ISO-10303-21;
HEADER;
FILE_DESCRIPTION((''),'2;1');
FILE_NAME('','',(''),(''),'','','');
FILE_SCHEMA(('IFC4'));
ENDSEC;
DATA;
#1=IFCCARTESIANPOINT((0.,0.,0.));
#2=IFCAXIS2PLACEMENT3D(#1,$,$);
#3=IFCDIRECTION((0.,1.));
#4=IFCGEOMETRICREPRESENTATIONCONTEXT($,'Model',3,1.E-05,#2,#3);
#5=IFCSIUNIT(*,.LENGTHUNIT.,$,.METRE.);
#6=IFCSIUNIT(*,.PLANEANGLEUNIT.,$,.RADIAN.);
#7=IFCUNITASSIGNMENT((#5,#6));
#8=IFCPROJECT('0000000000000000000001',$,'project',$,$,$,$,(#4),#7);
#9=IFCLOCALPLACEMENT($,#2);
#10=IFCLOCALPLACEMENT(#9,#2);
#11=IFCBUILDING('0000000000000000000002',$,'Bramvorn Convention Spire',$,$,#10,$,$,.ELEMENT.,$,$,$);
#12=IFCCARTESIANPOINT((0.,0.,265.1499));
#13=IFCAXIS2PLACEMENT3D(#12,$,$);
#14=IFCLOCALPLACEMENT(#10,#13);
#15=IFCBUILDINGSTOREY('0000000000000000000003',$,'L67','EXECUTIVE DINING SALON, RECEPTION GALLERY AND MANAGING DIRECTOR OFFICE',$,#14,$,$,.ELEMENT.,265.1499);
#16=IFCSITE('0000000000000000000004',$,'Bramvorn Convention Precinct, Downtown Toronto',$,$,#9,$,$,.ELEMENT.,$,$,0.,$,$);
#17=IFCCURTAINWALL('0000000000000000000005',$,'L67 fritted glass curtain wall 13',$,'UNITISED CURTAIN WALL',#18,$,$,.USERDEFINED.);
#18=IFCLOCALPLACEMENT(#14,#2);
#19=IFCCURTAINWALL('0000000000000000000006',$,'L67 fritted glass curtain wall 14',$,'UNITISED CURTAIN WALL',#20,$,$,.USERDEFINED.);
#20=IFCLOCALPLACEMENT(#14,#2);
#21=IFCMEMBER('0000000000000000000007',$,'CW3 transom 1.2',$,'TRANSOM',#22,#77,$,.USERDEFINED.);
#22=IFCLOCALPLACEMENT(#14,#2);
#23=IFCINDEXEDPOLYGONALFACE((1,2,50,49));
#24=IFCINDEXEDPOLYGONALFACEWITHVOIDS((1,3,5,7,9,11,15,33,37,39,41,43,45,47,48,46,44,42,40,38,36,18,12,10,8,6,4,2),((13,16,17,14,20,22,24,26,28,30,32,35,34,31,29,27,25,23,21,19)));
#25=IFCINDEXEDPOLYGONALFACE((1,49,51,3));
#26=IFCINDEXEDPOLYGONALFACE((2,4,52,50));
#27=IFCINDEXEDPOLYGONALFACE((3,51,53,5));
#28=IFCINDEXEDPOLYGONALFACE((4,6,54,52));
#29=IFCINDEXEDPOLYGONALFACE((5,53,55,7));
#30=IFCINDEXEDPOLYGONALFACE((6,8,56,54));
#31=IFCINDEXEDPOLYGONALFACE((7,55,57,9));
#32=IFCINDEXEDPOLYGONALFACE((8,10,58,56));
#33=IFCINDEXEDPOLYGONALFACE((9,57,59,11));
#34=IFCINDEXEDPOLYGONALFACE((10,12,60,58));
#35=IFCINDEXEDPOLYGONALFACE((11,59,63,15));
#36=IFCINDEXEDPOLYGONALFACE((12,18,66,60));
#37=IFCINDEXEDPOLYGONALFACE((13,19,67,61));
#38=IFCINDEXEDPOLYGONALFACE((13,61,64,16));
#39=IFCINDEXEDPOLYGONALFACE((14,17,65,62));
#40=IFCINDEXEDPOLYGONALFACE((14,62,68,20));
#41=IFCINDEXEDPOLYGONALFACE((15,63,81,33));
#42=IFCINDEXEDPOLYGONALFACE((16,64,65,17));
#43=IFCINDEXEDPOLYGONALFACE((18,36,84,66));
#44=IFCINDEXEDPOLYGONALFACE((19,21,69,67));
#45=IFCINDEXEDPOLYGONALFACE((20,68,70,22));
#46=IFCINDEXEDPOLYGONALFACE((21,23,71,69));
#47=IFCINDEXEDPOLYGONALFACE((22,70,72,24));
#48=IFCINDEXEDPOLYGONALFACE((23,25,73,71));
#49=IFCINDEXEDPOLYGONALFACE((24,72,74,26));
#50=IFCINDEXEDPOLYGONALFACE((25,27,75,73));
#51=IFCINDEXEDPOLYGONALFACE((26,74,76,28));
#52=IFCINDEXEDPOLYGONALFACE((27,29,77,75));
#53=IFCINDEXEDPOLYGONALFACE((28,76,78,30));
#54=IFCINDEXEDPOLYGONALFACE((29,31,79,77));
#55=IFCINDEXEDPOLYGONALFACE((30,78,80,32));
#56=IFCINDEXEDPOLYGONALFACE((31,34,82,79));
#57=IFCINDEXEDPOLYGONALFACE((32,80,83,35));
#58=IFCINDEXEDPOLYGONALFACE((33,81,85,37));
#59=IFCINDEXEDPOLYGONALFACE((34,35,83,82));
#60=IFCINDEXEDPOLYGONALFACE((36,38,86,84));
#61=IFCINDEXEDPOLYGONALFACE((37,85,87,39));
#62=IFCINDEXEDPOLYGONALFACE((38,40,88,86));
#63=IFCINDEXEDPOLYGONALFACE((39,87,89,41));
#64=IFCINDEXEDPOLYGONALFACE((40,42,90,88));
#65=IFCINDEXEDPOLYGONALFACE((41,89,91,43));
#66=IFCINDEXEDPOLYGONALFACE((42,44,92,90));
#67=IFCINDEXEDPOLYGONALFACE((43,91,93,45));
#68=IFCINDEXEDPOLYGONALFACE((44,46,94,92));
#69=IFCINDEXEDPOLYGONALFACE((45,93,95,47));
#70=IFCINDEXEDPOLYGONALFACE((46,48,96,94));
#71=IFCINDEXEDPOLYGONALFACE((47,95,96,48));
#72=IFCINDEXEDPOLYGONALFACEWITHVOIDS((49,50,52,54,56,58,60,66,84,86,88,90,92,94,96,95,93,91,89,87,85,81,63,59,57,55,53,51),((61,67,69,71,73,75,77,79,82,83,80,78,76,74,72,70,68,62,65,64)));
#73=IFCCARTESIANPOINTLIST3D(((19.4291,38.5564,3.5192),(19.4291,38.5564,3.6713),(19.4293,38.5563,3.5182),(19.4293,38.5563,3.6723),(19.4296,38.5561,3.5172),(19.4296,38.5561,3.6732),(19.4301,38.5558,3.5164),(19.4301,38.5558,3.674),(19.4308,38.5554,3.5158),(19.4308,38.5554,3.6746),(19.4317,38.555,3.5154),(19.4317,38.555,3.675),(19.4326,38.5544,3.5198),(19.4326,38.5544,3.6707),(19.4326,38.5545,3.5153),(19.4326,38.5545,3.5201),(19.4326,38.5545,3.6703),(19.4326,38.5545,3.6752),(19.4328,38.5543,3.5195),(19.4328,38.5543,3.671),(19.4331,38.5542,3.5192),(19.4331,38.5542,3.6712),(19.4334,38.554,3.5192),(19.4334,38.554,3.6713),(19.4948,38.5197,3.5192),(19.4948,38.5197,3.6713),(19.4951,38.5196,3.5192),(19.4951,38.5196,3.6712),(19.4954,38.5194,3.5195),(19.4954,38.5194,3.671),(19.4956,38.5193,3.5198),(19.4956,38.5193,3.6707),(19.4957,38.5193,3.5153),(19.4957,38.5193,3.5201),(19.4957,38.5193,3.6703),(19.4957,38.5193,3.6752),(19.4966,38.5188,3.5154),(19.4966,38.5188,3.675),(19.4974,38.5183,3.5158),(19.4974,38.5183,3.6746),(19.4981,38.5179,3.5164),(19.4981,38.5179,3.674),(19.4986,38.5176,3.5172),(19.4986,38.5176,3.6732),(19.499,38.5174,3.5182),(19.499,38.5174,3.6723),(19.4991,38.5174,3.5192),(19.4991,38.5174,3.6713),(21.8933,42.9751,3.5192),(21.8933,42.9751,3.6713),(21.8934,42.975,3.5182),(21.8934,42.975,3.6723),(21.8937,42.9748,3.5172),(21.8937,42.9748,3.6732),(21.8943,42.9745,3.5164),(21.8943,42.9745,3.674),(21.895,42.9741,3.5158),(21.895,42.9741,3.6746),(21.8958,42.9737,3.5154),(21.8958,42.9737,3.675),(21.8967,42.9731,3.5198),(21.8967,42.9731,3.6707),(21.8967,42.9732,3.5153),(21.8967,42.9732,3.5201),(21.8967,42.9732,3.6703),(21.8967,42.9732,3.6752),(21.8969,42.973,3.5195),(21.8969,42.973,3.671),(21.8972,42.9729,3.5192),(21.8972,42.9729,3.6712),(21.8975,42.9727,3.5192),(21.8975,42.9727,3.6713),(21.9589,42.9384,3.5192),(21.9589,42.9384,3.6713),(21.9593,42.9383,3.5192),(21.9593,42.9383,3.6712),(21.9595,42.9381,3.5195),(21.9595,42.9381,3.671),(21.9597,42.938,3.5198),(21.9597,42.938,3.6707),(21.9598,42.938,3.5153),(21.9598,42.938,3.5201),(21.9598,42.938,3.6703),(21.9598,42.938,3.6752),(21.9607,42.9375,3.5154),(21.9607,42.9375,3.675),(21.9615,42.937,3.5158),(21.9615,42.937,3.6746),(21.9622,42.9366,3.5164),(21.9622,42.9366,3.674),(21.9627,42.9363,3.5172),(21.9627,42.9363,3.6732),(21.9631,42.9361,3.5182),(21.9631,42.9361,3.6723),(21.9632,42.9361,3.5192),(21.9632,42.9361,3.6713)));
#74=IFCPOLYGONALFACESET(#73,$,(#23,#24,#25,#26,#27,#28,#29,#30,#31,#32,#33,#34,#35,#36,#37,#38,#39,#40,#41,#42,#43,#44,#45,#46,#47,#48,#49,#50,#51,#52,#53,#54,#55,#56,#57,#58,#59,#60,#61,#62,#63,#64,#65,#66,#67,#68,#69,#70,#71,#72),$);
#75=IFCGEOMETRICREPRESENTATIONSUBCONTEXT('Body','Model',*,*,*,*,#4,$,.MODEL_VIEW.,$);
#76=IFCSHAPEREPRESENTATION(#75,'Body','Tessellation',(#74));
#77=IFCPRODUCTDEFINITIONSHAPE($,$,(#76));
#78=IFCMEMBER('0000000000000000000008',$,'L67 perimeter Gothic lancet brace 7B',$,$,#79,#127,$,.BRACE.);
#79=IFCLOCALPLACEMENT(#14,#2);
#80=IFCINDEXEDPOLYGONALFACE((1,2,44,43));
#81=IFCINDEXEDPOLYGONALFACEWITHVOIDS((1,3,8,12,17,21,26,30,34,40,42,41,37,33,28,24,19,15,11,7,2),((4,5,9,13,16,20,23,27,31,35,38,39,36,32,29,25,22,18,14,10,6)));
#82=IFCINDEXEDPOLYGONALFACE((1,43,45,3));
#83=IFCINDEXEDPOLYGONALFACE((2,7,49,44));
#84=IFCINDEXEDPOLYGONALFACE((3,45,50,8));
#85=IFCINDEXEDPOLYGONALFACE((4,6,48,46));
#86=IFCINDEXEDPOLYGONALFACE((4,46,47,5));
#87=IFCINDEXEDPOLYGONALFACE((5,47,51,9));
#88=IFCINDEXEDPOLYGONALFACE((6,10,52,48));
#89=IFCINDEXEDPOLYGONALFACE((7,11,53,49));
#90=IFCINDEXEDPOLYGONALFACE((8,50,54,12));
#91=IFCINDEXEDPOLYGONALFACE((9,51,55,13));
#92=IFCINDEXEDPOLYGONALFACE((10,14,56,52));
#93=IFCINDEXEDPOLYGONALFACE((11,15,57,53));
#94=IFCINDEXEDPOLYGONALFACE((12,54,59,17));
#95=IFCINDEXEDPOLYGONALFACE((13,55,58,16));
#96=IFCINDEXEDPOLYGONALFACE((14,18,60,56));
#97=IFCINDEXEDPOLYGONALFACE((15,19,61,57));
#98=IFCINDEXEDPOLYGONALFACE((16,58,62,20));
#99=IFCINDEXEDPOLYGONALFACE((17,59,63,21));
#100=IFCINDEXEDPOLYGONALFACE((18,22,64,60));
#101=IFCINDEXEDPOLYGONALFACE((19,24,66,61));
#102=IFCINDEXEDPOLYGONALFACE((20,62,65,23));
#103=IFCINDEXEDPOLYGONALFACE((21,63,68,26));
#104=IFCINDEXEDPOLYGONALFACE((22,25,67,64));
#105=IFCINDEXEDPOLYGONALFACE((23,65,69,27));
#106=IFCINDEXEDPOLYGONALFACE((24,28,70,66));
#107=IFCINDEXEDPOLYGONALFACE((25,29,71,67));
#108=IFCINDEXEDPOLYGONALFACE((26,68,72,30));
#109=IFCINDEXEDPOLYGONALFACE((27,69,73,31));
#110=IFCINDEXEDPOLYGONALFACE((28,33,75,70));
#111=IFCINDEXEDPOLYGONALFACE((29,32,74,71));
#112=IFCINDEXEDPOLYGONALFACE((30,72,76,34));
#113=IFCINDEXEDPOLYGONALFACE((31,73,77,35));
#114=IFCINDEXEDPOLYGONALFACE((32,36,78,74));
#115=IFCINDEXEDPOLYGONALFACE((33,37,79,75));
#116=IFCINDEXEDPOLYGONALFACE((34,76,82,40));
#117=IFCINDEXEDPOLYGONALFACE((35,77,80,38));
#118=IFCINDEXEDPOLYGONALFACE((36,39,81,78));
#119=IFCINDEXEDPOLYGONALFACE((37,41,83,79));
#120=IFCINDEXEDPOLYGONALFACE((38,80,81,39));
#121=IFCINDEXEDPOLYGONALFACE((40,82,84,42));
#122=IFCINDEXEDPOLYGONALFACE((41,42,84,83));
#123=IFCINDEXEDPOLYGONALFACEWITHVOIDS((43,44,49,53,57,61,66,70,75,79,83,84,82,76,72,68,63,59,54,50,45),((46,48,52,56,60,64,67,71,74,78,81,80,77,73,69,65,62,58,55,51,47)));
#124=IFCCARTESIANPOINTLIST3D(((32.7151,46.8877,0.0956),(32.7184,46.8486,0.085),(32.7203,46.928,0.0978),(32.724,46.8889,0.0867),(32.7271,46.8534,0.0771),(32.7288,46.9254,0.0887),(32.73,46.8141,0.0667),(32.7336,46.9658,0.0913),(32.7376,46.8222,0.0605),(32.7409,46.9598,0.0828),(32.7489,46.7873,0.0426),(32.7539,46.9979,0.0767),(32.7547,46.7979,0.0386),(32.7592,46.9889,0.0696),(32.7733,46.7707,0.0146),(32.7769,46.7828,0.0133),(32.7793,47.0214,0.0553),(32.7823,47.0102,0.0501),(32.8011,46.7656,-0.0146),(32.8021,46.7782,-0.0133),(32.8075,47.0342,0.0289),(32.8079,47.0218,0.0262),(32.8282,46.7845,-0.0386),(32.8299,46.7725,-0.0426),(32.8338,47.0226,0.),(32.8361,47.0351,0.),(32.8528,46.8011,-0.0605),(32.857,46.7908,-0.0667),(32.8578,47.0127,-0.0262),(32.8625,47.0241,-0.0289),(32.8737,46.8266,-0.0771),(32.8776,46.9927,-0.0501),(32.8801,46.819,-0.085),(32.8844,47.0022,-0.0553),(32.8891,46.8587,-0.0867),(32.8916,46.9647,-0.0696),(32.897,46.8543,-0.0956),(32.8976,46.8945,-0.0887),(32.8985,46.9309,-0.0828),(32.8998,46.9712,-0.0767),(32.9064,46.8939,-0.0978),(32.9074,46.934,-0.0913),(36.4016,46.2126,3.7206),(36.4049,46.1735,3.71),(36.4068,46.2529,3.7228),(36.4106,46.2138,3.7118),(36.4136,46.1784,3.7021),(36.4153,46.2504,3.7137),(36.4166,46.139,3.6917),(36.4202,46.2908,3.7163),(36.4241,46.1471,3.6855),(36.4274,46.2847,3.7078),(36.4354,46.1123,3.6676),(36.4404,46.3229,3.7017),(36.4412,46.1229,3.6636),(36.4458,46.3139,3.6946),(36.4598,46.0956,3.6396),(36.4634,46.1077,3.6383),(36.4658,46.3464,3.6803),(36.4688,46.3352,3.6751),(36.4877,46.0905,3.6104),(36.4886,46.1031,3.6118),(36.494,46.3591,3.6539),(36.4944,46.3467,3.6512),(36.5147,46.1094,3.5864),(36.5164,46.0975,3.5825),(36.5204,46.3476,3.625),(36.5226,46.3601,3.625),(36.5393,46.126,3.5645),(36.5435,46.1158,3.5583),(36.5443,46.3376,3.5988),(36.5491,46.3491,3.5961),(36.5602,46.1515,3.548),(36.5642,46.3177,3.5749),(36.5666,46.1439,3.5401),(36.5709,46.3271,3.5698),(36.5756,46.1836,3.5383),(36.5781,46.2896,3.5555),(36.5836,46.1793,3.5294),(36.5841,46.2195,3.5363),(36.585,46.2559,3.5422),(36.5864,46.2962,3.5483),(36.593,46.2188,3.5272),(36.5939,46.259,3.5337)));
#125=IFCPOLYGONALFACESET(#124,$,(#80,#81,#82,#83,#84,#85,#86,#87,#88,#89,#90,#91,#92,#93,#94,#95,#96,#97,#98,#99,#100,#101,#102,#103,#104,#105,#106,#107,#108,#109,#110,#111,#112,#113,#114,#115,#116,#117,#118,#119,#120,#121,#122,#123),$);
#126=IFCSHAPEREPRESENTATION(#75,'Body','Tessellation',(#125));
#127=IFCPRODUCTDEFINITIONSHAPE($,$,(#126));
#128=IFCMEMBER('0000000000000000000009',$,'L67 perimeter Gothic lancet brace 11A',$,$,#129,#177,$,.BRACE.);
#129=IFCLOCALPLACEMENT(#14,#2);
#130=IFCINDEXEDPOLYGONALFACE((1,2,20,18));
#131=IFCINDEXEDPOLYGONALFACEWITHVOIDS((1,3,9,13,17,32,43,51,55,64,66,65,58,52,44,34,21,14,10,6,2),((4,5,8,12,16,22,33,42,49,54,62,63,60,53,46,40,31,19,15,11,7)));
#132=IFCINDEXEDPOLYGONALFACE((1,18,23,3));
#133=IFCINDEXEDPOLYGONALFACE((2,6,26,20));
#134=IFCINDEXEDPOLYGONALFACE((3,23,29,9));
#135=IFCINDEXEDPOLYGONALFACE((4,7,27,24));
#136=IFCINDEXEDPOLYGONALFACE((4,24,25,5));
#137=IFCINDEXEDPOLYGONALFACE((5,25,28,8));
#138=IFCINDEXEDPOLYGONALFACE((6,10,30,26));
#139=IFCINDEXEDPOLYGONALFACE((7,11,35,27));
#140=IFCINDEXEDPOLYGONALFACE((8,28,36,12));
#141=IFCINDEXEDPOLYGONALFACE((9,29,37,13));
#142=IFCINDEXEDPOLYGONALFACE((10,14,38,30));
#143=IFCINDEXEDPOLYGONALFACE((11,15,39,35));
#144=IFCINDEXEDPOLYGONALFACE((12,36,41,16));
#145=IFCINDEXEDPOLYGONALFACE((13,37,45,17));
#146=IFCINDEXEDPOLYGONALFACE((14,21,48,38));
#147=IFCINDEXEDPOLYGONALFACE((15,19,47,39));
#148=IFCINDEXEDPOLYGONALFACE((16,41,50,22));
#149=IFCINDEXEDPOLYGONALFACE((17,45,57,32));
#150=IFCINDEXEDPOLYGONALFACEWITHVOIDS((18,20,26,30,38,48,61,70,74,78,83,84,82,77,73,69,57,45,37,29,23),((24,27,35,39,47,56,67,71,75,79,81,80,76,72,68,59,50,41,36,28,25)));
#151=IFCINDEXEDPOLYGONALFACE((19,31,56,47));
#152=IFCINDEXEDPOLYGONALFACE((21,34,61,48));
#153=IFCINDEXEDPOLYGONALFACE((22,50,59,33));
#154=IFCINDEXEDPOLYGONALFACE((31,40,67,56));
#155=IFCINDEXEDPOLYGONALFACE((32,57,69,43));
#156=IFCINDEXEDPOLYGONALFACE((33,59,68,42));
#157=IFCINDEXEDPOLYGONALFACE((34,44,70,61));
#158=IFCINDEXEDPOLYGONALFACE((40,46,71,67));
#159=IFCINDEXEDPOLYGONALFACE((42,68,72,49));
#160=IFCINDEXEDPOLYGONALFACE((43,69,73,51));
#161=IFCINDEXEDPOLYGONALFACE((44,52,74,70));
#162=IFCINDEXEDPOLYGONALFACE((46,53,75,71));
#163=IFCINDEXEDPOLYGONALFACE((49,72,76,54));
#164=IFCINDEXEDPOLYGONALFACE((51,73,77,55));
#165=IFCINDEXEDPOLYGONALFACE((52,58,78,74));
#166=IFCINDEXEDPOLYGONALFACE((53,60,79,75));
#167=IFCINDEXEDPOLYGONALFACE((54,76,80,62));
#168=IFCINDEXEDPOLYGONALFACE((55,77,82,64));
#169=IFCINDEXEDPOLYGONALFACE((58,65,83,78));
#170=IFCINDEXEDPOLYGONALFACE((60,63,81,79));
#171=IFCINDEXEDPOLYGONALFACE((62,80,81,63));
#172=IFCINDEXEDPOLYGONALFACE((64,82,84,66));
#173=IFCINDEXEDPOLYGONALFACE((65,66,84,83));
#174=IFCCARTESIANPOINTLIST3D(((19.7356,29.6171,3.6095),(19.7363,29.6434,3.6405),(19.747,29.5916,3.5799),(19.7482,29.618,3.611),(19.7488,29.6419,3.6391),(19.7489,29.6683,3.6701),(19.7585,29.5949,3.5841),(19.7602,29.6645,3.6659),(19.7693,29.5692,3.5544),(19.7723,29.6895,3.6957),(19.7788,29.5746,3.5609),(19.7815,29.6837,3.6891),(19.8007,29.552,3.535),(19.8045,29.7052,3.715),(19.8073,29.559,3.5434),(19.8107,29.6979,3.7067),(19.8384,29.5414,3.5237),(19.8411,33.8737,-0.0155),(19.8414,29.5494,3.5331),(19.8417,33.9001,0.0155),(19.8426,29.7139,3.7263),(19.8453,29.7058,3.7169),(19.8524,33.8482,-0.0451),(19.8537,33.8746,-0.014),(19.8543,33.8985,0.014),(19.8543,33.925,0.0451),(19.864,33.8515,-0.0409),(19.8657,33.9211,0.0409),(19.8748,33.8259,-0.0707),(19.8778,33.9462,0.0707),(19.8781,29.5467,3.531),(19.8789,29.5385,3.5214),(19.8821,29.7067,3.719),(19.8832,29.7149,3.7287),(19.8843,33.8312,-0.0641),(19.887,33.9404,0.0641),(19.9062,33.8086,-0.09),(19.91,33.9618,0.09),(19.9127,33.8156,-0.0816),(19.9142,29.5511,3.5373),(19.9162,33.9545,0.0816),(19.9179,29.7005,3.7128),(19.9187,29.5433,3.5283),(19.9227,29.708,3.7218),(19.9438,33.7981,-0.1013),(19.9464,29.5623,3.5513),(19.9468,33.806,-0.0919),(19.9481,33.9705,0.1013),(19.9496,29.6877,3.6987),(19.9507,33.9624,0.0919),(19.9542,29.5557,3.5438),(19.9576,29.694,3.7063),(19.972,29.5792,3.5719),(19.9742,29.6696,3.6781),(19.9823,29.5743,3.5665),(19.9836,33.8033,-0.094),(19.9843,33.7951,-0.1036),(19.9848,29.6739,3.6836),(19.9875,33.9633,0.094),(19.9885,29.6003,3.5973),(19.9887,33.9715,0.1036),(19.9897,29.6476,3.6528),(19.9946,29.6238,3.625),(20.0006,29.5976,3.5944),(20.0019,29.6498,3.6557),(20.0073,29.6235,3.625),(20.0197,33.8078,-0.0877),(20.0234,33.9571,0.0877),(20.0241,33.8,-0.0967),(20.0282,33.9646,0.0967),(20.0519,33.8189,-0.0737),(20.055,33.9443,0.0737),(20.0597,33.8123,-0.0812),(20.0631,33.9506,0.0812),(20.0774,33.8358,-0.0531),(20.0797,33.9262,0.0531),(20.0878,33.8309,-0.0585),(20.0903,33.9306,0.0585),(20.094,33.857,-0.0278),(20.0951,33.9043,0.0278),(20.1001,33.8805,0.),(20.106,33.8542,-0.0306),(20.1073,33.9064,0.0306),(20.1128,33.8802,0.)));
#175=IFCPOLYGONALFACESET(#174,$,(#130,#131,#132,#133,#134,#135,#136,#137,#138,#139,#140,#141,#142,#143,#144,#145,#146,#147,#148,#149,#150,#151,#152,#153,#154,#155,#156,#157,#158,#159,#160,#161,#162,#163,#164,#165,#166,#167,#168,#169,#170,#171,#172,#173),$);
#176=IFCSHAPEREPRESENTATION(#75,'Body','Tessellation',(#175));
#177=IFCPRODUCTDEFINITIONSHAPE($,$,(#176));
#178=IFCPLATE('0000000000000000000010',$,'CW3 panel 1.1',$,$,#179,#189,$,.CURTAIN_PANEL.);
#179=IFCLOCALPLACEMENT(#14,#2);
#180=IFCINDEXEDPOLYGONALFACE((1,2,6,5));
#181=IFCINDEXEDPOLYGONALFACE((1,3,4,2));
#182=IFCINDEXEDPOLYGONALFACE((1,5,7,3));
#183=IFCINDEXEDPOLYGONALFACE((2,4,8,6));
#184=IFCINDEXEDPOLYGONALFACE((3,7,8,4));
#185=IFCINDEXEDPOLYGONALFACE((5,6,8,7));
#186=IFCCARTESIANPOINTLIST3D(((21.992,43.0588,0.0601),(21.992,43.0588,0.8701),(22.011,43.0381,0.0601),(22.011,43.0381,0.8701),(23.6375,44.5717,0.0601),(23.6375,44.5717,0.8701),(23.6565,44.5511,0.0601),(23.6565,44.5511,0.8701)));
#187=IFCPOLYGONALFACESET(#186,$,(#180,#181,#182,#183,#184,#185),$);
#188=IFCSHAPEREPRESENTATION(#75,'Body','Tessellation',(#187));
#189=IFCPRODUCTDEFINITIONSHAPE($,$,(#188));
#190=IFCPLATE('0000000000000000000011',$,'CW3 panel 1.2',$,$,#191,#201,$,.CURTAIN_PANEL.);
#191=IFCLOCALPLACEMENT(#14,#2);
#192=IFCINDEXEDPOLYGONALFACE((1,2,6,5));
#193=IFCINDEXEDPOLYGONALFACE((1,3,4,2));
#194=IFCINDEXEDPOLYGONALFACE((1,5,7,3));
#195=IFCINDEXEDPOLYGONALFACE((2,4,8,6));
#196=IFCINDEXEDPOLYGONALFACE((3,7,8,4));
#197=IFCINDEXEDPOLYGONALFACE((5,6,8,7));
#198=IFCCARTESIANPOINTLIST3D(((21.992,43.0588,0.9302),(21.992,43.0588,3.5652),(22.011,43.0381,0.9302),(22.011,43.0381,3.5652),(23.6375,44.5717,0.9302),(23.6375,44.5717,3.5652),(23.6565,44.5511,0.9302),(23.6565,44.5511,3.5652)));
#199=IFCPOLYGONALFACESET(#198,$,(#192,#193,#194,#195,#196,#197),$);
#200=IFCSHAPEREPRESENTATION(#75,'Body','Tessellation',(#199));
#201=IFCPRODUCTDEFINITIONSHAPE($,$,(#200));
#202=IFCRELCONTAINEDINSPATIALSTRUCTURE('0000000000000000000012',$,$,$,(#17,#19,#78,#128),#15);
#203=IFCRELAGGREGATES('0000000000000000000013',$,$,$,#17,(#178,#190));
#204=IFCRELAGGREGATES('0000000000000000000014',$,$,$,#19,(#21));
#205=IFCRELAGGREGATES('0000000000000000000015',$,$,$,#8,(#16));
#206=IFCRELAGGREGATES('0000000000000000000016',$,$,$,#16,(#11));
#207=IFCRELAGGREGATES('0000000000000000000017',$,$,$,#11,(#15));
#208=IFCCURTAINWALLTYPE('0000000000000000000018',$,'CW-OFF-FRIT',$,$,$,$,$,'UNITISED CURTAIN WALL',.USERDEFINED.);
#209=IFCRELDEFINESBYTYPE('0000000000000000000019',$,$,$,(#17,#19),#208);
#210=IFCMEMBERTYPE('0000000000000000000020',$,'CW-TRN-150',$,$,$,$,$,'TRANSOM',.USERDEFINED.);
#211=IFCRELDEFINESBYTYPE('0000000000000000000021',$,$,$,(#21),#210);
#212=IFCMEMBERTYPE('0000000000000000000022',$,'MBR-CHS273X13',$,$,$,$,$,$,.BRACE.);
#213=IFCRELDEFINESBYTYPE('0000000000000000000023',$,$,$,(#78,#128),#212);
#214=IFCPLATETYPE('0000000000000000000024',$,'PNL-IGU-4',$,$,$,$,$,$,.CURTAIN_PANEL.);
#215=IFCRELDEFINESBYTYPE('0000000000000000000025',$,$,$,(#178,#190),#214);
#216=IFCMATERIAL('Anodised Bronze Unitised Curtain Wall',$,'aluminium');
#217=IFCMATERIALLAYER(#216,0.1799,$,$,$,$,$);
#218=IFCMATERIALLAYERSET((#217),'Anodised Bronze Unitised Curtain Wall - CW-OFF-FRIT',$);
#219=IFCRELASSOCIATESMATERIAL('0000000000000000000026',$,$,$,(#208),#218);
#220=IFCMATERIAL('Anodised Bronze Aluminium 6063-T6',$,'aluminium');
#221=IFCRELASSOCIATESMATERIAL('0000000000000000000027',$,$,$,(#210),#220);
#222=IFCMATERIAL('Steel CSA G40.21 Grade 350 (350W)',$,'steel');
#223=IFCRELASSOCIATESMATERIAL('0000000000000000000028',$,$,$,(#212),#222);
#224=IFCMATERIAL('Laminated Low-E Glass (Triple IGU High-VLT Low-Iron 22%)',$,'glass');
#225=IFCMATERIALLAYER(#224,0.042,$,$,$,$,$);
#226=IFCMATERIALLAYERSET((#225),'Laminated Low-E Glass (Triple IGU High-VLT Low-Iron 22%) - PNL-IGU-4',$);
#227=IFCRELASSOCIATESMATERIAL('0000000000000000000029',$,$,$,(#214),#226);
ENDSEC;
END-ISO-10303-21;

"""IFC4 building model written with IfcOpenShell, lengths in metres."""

from ifc_helpers import new_model, si_unit, direction, frame, origin, origin_2d, place, context, subcontext, project, spatial, rectangle, hollow_rectangle, hollow_circle, extrude, material, layer, layer_set, material_profile, profile_set, type_object, element, aggregate, save


model = new_model("IFC4")

# Units and contexts
model_context = context("Model", 3, precision=1e-05, world=origin(), true_north=direction((0.0, 1.0)))
body_context = subcontext(model_context, "Body", "Model", "MODEL_VIEW")
ifc_project = project(units=[si_unit("LENGTHUNIT", "METRE"), si_unit("PLANEANGLEUNIT", "RADIAN")], contexts=[model_context])

# Site, building, storey
site_placement = place(None, origin())
site = spatial("IfcSite", under=ifc_project, at=site_placement, Name="Bramvorn Convention Precinct, Downtown Toronto", CompositionType="ELEMENT", RefElevation=0.0)
building_placement = place(site_placement, origin())
building = spatial("IfcBuilding", under=site, at=building_placement, Name="Bramvorn Convention Spire", CompositionType="ELEMENT")
storey_placement = place(building_placement, frame((0.0, 0.0, 265.1499)))
storey = spatial("IfcBuildingStorey", under=building, at=storey_placement, Name="L67", Description="EXECUTIVE DINING SALON, RECEPTION GALLERY AND MANAGING DIRECTOR OFFICE", CompositionType="ELEMENT", Elevation=265.1499)

# Shared definitions
ifc_material_1 = material(Name="Steel CSA G40.21 Grade 350 (350W)", Category="steel")

# Curtain walls
ifc_material_2 = material(Name="Anodised Bronze Unitised Curtain Wall", Category="aluminium")
ifc_layer_1 = layer(ifc_material_2, 0.1799)
ifc_layer_set_1 = layer_set([ifc_layer_1], Name="Anodised Bronze Unitised Curtain Wall - CW-OFF-FRIT")
curtain_wall_type = type_object("IfcCurtainWallType", Name="CW-OFF-FRIT", ElementType="UNITISED CURTAIN WALL", PredefinedType="USERDEFINED", material=ifc_layer_set_1)
curtain_wall_1_placement = place(storey_placement, origin())
curtain_wall_1 = element("IfcCurtainWall", 1, at=curtain_wall_1_placement, inside=storey, type_object=curtain_wall_type, Name="L67 fritted glass curtain wall 13", ObjectType="UNITISED CURTAIN WALL", PredefinedType="USERDEFINED")
ifc_material_3 = material(Name="Anodised Bronze Aluminium 6063-T6", Category="aluminium")
curtain_wall_2_placement = place(storey_placement, origin())
curtain_wall_2 = element("IfcCurtainWall", 2, at=curtain_wall_2_placement, inside=storey, type_object=curtain_wall_type, Name="L67 fritted glass curtain wall 14", ObjectType="UNITISED CURTAIN WALL", PredefinedType="USERDEFINED")

# Member
ifc_material_profile_1 = material_profile(ifc_material_3, hollow_rectangle(XDim=0.0801, YDim=0.1599, WallThickness=0.0039, InnerFilletRadius=0.001, OuterFilletRadius=0.0039, at=origin_2d()))
ifc_profile_set_1 = profile_set([ifc_material_profile_1], Name="Anodised Bronze Aluminium 6063-T6 - CWT80X160")
member_type_1 = type_object("IfcMemberType", Name="CW-TRN-150", ElementType="TRANSOM", PredefinedType="USERDEFINED", material=ifc_profile_set_1)
member_1_placement = place(storey_placement, frame((19.4641, 38.5369, 3.5952), z_axis=(0.487044, 0.873378, 0.0), x_axis=(-0.873378, 0.487044, 0.0)))
member_1 = element("IfcMember", 3, at=member_1_placement, type_object=member_type_1, Name="CW3 transom 1.2", ObjectType="TRANSOM", PredefinedType="USERDEFINED", context=body_context, shape_type="SweptSolid", body=[
    extrude(hollow_rectangle(XDim=0.0801, YDim=0.1599, WallThickness=0.0039, InnerFilletRadius=0.001, OuterFilletRadius=0.0039, at=origin_2d()), origin(), (0.0, 0.0, 1.0), 5.0593),
])

# Members
ifc_material_profile_2 = material_profile(ifc_material_1, hollow_circle(Radius=0.1365, WallThickness=0.0127, at=origin_2d()))
ifc_profile_set_2 = profile_set([ifc_material_profile_2], Name="Steel CSA G40.21 Grade 350 (350W) - CHS273X13")
member_type_2 = type_object("IfcMemberType", Name="MBR-CHS273X13", PredefinedType="BRACE", material=ifc_profile_set_2)
member_2_placement = place(storey_placement, frame((32.8115, 46.9009, 0.0), z_axis=(0.707031, -0.129466, 0.695231), x_axis=(0.180118, 0.983645, 0.0)))
element("IfcMember", 4, at=member_2_placement, inside=storey, type_object=member_type_2, Name="L67 perimeter Gothic lancet brace 7B", PredefinedType="BRACE", context=body_context, shape_type="SweptSolid", body=[
    extrude(hollow_circle(Radius=0.1365, WallThickness=0.0127, at=origin_2d()), origin(), (0.0, 0.0, 1.0), 5.2141),
])
member_3_placement = place(storey_placement, frame((19.9763, 33.8835, 0.0), z_axis=(-0.018861, -0.761195, 0.648249), x_axis=(0.999693, -0.02477, 0.0)))
element("IfcMember", 5, at=member_3_placement, inside=storey, type_object=member_type_2, Name="L67 perimeter Gothic lancet brace 11A", PredefinedType="BRACE", context=body_context, shape_type="SweptSolid", body=[
    extrude(hollow_circle(Radius=0.1365, WallThickness=0.0127, at=origin_2d()), origin(), (0.0, 0.0, 1.0), 5.592),
])

# Plates
ifc_material_4 = material(Name="Laminated Low-E Glass (Triple IGU High-VLT Low-Iron 22%)", Category="glass")
ifc_layer_2 = layer(ifc_material_4, 0.042)
ifc_layer_set_2 = layer_set([ifc_layer_2], Name="Laminated Low-E Glass (Triple IGU High-VLT Low-Iron 22%) - PNL-IGU-4")
plate_type = type_object("IfcPlateType", Name="PNL-IGU-4", PredefinedType="CURTAIN_PANEL", material=ifc_layer_set_2)
plate_1_placement = place(storey_placement, frame((22.8242, 43.8049, 0.0601), z_axis=(0.0, 0.0, 1.0), x_axis=(0.736137, 0.676833, 0.0)))
plate_1 = element("IfcPlate", 6, at=plate_1_placement, type_object=plate_type, Name="CW3 panel 1.1", PredefinedType="CURTAIN_PANEL", context=body_context, shape_type="SweptSolid", body=[
    extrude(rectangle(XDim=2.2354, YDim=0.0281, at=origin_2d()), origin(), (0.0, 0.0, 1.0), 0.8101),
])
plate_2_placement = place(storey_placement, frame((22.8242, 43.8049, 0.9302), z_axis=(0.0, 0.0, 1.0), x_axis=(0.736137, 0.676833, 0.0)))
plate_2 = element("IfcPlate", 7, at=plate_2_placement, type_object=plate_type, Name="CW3 panel 1.2", PredefinedType="CURTAIN_PANEL", context=body_context, shape_type="SweptSolid", body=[
    extrude(rectangle(XDim=2.2354, YDim=0.0281, at=origin_2d()), origin(), (0.0, 0.0, 1.0), 2.635),
])
aggregate(curtain_wall_1, [plate_1, plate_2])
aggregate(curtain_wall_2, [member_1])

save(model, "model.ifc")
